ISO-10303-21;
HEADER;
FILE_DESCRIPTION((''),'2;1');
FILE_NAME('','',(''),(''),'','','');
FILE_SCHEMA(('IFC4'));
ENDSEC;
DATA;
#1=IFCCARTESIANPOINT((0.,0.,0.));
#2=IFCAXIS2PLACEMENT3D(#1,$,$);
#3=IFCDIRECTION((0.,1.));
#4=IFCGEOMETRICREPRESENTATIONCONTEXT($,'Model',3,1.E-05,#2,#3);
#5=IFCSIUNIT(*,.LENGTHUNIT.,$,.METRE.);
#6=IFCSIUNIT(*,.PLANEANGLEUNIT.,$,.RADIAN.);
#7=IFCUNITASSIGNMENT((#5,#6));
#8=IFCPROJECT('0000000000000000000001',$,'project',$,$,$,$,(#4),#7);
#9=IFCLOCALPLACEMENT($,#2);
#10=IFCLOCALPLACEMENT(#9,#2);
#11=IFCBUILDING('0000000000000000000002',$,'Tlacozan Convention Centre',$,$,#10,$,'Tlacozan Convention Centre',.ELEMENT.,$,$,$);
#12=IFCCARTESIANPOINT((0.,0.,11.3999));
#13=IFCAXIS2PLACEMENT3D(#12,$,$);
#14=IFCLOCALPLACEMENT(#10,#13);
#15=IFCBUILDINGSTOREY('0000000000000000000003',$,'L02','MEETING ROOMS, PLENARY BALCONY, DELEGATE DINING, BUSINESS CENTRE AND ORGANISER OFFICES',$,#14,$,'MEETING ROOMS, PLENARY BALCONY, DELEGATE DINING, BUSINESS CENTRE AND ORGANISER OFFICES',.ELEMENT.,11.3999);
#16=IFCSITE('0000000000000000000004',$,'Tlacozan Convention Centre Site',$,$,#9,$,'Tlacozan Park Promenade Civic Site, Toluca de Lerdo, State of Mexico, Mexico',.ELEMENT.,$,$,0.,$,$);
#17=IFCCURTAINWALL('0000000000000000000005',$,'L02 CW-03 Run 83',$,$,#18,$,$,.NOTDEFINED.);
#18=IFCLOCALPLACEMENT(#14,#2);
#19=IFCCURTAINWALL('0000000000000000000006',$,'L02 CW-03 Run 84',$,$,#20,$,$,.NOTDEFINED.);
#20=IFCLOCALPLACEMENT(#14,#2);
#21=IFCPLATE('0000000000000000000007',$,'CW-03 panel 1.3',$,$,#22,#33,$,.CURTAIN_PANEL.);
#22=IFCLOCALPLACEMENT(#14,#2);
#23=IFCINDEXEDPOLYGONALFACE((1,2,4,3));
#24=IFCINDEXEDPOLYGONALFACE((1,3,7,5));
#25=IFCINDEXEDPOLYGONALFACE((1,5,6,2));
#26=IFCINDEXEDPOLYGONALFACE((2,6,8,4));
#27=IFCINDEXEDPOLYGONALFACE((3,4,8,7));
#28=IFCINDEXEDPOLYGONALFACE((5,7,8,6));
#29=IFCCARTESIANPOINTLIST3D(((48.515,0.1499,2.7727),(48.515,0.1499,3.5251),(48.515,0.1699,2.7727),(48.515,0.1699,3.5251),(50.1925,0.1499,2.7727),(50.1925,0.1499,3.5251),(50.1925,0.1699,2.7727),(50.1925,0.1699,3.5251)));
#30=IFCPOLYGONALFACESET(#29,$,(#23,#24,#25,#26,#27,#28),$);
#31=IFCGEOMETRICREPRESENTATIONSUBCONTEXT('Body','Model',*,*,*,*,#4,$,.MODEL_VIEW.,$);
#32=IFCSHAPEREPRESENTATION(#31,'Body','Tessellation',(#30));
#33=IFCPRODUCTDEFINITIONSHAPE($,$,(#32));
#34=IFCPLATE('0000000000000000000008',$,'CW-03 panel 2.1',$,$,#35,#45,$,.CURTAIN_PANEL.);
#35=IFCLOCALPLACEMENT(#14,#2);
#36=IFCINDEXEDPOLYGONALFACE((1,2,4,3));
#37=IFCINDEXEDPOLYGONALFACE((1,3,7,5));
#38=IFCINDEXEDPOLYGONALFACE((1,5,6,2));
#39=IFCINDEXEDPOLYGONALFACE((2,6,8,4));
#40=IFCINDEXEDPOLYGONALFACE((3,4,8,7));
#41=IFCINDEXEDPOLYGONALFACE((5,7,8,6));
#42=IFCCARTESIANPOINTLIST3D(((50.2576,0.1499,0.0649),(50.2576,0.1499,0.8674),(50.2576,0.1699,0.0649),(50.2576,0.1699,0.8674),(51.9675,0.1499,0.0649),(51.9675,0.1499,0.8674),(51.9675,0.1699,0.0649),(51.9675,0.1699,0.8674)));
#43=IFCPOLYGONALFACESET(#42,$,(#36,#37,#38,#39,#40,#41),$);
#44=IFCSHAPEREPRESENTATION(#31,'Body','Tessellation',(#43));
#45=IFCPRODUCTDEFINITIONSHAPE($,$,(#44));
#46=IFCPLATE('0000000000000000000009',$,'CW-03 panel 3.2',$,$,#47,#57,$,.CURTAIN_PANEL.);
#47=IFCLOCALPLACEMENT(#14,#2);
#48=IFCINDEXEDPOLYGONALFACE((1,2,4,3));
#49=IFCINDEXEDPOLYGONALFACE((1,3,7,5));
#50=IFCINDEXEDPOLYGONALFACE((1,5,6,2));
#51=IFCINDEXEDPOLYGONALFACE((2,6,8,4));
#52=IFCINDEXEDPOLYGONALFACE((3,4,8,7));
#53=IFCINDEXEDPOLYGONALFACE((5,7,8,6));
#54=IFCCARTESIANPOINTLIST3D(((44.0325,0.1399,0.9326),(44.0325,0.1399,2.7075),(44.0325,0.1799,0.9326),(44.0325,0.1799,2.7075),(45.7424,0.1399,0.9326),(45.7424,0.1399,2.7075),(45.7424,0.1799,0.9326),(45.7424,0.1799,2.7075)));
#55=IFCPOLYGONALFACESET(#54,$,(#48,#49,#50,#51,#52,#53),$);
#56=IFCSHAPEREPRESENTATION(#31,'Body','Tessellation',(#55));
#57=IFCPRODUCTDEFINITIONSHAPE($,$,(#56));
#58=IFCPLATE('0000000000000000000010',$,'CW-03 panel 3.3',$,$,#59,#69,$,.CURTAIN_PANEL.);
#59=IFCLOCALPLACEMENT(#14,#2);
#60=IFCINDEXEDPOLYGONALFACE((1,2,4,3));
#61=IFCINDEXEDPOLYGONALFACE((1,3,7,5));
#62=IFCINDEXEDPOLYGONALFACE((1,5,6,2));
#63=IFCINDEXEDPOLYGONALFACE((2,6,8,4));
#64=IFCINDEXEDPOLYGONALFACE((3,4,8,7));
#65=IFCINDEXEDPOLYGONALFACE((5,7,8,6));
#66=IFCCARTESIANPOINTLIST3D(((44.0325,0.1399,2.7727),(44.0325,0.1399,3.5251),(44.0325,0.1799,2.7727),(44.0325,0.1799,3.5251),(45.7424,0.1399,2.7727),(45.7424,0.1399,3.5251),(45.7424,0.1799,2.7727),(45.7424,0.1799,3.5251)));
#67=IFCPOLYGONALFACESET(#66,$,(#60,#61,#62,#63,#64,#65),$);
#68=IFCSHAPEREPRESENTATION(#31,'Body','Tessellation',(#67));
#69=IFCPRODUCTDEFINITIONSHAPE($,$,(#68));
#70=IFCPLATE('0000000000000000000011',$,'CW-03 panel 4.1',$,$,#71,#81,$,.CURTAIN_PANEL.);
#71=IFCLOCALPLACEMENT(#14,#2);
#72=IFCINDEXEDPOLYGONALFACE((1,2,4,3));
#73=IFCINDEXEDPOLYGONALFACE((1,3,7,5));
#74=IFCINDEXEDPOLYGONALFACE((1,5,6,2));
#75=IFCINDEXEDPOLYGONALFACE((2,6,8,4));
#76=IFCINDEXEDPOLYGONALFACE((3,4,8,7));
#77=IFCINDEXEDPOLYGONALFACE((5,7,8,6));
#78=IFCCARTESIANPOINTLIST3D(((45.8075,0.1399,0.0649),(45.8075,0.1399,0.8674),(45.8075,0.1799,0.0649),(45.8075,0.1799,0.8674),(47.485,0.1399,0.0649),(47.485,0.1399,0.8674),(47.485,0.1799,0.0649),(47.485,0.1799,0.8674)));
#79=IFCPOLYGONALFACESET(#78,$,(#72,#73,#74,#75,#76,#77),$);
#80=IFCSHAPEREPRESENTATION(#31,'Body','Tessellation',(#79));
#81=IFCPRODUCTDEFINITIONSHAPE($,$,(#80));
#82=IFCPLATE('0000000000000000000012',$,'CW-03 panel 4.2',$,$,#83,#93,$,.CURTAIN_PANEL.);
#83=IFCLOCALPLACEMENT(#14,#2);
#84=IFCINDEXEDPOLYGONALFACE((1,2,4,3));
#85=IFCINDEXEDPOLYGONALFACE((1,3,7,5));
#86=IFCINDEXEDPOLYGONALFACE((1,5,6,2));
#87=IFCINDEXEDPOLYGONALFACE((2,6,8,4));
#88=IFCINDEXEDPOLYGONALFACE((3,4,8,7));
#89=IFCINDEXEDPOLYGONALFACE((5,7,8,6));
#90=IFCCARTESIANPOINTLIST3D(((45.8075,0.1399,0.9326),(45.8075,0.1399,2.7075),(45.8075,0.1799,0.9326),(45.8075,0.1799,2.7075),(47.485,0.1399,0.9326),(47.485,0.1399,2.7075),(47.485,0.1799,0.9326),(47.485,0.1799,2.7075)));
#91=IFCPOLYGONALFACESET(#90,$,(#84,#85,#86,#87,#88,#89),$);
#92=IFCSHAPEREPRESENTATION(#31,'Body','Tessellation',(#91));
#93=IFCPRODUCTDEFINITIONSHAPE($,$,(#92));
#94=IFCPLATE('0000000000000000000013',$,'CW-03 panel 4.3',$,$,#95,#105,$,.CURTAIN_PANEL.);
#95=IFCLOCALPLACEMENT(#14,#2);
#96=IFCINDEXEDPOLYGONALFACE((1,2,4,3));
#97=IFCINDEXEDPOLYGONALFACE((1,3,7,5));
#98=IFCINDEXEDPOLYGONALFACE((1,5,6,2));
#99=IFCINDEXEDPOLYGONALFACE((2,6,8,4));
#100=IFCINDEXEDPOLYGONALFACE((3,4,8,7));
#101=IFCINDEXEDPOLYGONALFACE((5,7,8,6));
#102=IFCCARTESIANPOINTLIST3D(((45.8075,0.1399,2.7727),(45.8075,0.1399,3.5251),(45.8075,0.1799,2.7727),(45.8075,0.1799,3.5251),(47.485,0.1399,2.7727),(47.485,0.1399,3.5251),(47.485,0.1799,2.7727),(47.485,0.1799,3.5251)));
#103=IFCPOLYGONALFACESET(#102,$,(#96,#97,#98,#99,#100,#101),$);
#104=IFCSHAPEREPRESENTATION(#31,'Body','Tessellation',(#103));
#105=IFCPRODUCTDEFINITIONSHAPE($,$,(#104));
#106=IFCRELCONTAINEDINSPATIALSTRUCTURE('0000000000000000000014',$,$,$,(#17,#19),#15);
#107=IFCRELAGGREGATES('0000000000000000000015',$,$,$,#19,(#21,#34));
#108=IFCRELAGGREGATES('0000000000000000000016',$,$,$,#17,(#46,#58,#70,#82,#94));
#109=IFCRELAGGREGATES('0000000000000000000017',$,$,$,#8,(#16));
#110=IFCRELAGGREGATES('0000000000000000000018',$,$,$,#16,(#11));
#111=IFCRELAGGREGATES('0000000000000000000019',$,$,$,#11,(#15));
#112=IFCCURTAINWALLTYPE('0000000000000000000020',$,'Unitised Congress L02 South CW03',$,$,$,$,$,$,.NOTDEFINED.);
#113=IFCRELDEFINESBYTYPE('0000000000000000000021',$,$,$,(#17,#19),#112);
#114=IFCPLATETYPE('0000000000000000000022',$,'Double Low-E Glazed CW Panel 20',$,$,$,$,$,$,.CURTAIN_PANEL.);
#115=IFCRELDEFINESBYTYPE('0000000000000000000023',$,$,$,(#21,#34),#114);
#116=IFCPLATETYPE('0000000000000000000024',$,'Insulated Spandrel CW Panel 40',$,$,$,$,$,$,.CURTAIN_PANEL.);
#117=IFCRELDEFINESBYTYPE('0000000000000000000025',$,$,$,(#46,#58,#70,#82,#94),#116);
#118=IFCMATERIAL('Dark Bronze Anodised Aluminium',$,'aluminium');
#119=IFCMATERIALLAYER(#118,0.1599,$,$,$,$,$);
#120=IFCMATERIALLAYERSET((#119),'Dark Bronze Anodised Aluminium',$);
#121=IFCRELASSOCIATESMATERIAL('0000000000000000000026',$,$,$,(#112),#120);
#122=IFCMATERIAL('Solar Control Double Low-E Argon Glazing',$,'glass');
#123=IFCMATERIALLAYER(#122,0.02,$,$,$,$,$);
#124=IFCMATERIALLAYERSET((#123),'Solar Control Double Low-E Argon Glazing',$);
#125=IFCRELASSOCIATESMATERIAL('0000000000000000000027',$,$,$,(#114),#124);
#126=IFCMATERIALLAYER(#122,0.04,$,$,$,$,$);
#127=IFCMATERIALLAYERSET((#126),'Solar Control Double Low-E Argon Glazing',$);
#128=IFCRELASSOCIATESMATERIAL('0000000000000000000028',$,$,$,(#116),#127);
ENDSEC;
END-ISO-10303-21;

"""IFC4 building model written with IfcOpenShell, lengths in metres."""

from ifc_helpers import new_model, si_unit, direction, frame, origin, origin_2d, place, context, subcontext, project, spatial, rectangle, extrude, material, layer, layer_set, type_object, element, aggregate, save


model = new_model("IFC4")

# Units and contexts
model_context = context("Model", 3, precision=1e-05, world=origin(), true_north=direction((0.0, 1.0)))
body_context = subcontext(model_context, "Body", "Model", "MODEL_VIEW")
ifc_project = project(units=[si_unit("LENGTHUNIT", "METRE"), si_unit("PLANEANGLEUNIT", "RADIAN")], contexts=[model_context])

# Site, building, storey
site_placement = place(None, origin())
site = spatial("IfcSite", under=ifc_project, at=site_placement, Name="Tlacozan Convention Centre Site", LongName="Tlacozan Park Promenade Civic Site, Toluca de Lerdo, State of Mexico, Mexico", CompositionType="ELEMENT", RefElevation=0.0)
building_placement = place(site_placement, origin())
building = spatial("IfcBuilding", under=site, at=building_placement, Name="Tlacozan Convention Centre", LongName="Tlacozan Convention Centre", CompositionType="ELEMENT")
storey_placement = place(building_placement, frame((0.0, 0.0, 11.3999)))
storey = spatial("IfcBuildingStorey", under=building, at=storey_placement, Name="L02", Description="MEETING ROOMS, PLENARY BALCONY, DELEGATE DINING, BUSINESS CENTRE AND ORGANISER OFFICES", LongName="MEETING ROOMS, PLENARY BALCONY, DELEGATE DINING, BUSINESS CENTRE AND ORGANISER OFFICES", CompositionType="ELEMENT", Elevation=11.3999)

# Curtain walls
ifc_material_1 = material(Name="Dark Bronze Anodised Aluminium", Category="aluminium")
ifc_layer_1 = layer(ifc_material_1, 0.1599)
ifc_layer_set_1 = layer_set([ifc_layer_1], Name="Dark Bronze Anodised Aluminium")
curtain_wall_type = type_object("IfcCurtainWallType", Name="Unitised Congress L02 South CW03", PredefinedType="NOTDEFINED", material=ifc_layer_set_1)
curtain_wall_1_placement = place(storey_placement, origin())
curtain_wall_1 = element("IfcCurtainWall", 1, at=curtain_wall_1_placement, inside=storey, type_object=curtain_wall_type, Name="L02 CW-03 Run 83", PredefinedType="NOTDEFINED")
curtain_wall_2_placement = place(storey_placement, origin())
curtain_wall_2 = element("IfcCurtainWall", 2, at=curtain_wall_2_placement, inside=storey, type_object=curtain_wall_type, Name="L02 CW-03 Run 84", PredefinedType="NOTDEFINED")

# Plates
ifc_material_2 = material(Name="Solar Control Double Low-E Argon Glazing", Category="glass")
ifc_layer_2 = layer(ifc_material_2, 0.02)
ifc_layer_set_2 = layer_set([ifc_layer_2], Name="Solar Control Double Low-E Argon Glazing")
plate_type_1 = type_object("IfcPlateType", Name="Double Low-E Glazed CW Panel 20", PredefinedType="CURTAIN_PANEL", material=ifc_layer_set_2)
plate_1_placement = place(storey_placement, frame((49.3538, 0.1599, 2.7727), z_axis=(0.0, 0.0, 1.0), x_axis=(1.0, 0.0, 0.0)))
plate_1 = element("IfcPlate", 3, at=plate_1_placement, type_object=plate_type_1, Name="CW-03 panel 1.3", PredefinedType="CURTAIN_PANEL", context=body_context, shape_type="SweptSolid", body=[
    extrude(rectangle(XDim=1.6775, YDim=0.02, at=origin_2d()), origin(), (0.0, 0.0, 1.0), 0.7524),
])
plate_2_placement = place(storey_placement, frame((51.1125, 0.1599, 0.0649), z_axis=(0.0, 0.0, 1.0), x_axis=(1.0, 0.0, 0.0)))
plate_2 = element("IfcPlate", 4, at=plate_2_placement, type_object=plate_type_1, Name="CW-03 panel 2.1", PredefinedType="CURTAIN_PANEL", context=body_context, shape_type="SweptSolid", body=[
    extrude(rectangle(XDim=1.71, YDim=0.02, at=origin_2d()), origin(), (0.0, 0.0, 1.0), 0.8025),
])
aggregate(curtain_wall_2, [plate_1, plate_2])
ifc_layer_3 = layer(ifc_material_2, 0.04)
ifc_layer_set_3 = layer_set([ifc_layer_3], Name="Solar Control Double Low-E Argon Glazing")
plate_type_2 = type_object("IfcPlateType", Name="Insulated Spandrel CW Panel 40", PredefinedType="CURTAIN_PANEL", material=ifc_layer_set_3)
plate_3_placement = place(storey_placement, frame((44.8875, 0.1599, 0.9326), z_axis=(0.0, 0.0, 1.0), x_axis=(1.0, 0.0, 0.0)))
plate_3 = element("IfcPlate", 5, at=plate_3_placement, type_object=plate_type_2, Name="CW-03 panel 3.2", PredefinedType="CURTAIN_PANEL", context=body_context, shape_type="SweptSolid", body=[
    extrude(rectangle(XDim=1.71, YDim=0.04, at=origin_2d()), origin(), (0.0, 0.0, 1.0), 1.7749),
])
plate_4_placement = place(storey_placement, frame((44.8875, 0.1599, 2.7727), z_axis=(0.0, 0.0, 1.0), x_axis=(1.0, 0.0, 0.0)))
plate_4 = element("IfcPlate", 6, at=plate_4_placement, type_object=plate_type_2, Name="CW-03 panel 3.3", PredefinedType="CURTAIN_PANEL", context=body_context, shape_type="SweptSolid", body=[
    extrude(rectangle(XDim=1.71, YDim=0.04, at=origin_2d()), origin(), (0.0, 0.0, 1.0), 0.7524),
])
plate_5_placement = place(storey_placement, frame((46.6462, 0.1599, 0.0649), z_axis=(0.0, 0.0, 1.0), x_axis=(1.0, 0.0, 0.0)))
plate_5 = element("IfcPlate", 7, at=plate_5_placement, type_object=plate_type_2, Name="CW-03 panel 4.1", PredefinedType="CURTAIN_PANEL", context=body_context, shape_type="SweptSolid", body=[
    extrude(rectangle(XDim=1.6775, YDim=0.04, at=origin_2d()), origin(), (0.0, 0.0, 1.0), 0.8025),
])
plate_6_placement = place(storey_placement, frame((46.6462, 0.1599, 0.9326), z_axis=(0.0, 0.0, 1.0), x_axis=(1.0, 0.0, 0.0)))
plate_6 = element("IfcPlate", 8, at=plate_6_placement, type_object=plate_type_2, Name="CW-03 panel 4.2", PredefinedType="CURTAIN_PANEL", context=body_context, shape_type="SweptSolid", body=[
    extrude(rectangle(XDim=1.6775, YDim=0.04, at=origin_2d()), origin(), (0.0, 0.0, 1.0), 1.7749),
])
plate_7_placement = place(storey_placement, frame((46.6462, 0.1599, 2.7727), z_axis=(0.0, 0.0, 1.0), x_axis=(1.0, 0.0, 0.0)))
plate_7 = element("IfcPlate", 9, at=plate_7_placement, type_object=plate_type_2, Name="CW-03 panel 4.3", PredefinedType="CURTAIN_PANEL", context=body_context, shape_type="SweptSolid", body=[
    extrude(rectangle(XDim=1.6775, YDim=0.04, at=origin_2d()), origin(), (0.0, 0.0, 1.0), 0.7524),
])
aggregate(curtain_wall_1, [plate_3, plate_4, plate_5, plate_6, plate_7])

save(model, "model.ifc")
